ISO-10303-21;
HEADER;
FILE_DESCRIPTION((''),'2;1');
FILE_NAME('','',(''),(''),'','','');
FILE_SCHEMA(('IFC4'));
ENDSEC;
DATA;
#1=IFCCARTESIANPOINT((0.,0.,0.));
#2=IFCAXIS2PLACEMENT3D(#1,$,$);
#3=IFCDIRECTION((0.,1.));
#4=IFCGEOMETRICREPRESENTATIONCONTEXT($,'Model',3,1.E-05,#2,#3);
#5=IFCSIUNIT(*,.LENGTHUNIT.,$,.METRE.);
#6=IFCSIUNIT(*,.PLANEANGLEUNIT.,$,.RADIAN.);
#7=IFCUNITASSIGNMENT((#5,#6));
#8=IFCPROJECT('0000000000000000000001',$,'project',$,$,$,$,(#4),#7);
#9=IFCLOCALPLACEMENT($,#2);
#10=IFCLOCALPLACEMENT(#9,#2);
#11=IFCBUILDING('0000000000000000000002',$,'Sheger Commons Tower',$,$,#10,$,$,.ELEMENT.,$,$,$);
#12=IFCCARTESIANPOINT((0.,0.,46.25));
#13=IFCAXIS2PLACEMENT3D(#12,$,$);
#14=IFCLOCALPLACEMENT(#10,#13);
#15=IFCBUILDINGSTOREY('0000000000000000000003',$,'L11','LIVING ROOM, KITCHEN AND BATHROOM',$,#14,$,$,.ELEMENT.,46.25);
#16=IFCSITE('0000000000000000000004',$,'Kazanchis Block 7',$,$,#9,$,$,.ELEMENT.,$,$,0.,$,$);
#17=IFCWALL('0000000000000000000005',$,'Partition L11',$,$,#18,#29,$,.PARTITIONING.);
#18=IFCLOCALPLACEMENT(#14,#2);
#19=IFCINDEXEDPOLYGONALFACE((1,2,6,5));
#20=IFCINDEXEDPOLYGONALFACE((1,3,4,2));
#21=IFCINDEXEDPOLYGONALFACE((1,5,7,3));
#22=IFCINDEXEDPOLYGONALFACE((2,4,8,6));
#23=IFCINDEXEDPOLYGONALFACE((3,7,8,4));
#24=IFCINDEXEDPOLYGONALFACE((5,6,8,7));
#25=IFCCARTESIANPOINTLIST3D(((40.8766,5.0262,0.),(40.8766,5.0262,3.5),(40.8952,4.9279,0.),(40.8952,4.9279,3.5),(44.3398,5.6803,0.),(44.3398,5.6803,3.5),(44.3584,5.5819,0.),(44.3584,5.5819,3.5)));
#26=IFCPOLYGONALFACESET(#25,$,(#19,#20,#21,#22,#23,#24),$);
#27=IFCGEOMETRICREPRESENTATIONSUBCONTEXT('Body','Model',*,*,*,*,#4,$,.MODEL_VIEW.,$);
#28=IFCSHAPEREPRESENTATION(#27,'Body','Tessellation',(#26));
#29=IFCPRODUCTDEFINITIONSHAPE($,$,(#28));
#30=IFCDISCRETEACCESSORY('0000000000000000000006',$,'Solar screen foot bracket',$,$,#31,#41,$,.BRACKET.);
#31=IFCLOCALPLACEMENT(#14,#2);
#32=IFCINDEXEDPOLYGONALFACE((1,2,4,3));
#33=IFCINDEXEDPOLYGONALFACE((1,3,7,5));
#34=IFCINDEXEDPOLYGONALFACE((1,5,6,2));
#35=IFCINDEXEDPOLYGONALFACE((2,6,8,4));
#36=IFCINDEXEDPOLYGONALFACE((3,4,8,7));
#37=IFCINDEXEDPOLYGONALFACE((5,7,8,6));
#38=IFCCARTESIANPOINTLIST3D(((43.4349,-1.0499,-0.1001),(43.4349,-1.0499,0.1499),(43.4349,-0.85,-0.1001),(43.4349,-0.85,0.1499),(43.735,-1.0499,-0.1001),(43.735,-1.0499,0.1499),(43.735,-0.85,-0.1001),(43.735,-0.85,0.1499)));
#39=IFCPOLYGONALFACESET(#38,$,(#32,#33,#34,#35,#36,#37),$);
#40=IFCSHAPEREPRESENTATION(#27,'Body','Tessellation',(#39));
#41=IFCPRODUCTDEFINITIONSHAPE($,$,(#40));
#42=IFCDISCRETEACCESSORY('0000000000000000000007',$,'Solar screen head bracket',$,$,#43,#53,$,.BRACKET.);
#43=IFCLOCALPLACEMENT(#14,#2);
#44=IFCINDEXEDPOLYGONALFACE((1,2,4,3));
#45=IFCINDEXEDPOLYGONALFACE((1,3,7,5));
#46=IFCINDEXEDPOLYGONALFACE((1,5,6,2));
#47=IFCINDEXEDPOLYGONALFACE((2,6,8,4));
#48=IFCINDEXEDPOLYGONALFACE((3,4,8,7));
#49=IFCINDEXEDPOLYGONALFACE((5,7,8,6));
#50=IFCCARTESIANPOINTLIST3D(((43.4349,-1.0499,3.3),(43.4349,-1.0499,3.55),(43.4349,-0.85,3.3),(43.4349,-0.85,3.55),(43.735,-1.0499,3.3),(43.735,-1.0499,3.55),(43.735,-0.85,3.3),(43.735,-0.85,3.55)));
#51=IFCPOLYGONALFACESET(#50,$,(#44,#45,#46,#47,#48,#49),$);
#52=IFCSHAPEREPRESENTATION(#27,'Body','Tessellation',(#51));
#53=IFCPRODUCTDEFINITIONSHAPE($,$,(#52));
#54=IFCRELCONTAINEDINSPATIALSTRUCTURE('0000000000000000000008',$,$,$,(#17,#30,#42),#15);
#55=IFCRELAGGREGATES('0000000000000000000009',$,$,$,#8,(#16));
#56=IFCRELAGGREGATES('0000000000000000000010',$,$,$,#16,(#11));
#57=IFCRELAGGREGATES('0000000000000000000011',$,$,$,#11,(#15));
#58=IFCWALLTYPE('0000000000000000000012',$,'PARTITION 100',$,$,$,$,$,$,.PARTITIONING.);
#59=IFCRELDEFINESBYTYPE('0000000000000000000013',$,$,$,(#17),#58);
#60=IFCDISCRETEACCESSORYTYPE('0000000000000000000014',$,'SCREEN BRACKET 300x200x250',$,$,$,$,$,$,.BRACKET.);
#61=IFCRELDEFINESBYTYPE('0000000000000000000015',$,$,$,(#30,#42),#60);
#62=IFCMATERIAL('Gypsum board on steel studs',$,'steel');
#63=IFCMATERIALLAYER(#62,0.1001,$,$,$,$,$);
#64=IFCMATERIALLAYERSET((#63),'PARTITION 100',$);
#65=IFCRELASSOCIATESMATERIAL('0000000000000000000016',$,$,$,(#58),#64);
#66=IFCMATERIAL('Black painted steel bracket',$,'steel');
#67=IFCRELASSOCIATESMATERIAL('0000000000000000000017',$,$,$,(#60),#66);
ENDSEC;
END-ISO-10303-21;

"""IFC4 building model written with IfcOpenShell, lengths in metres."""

from ifc_helpers import new_model, si_unit, direction, frame, frame_2d, origin, origin_2d, place, context, subcontext, project, spatial, rectangle, extrude, material, layer, layer_set, type_object, element, save


model = new_model("IFC4")

# Units and contexts
model_context = context("Model", 3, precision=1e-05, world=origin(), true_north=direction((0.0, 1.0)))
body_context = subcontext(model_context, "Body", "Model", "MODEL_VIEW")
ifc_project = project(units=[si_unit("LENGTHUNIT", "METRE"), si_unit("PLANEANGLEUNIT", "RADIAN")], contexts=[model_context])

# Site, building, storey
site_placement = place(None, origin())
site = spatial("IfcSite", under=ifc_project, at=site_placement, Name="Kazanchis Block 7", CompositionType="ELEMENT", RefElevation=0.0)
building_placement = place(site_placement, origin())
building = spatial("IfcBuilding", under=site, at=building_placement, Name="Sheger Commons Tower", CompositionType="ELEMENT")
storey_placement = place(building_placement, frame((0.0, 0.0, 46.25)))
storey = spatial("IfcBuildingStorey", under=building, at=storey_placement, Name="L11", Description="LIVING ROOM, KITCHEN AND BATHROOM", CompositionType="ELEMENT", Elevation=46.25)

# Shared definitions
ifc_material_1 = material(Name="Gypsum board on steel studs", Category="steel")
ifc_layer_1 = layer(ifc_material_1, 0.1001)
ifc_layer_set_1 = layer_set([ifc_layer_1], Name="PARTITION 100")
wall_type_1 = type_object("IfcWallType", Name="PARTITION 100", PredefinedType="PARTITIONING", material=ifc_layer_set_1)

# Wall
wall_1_placement = place(storey_placement, frame((44.3491, 5.6311, 0.0), z_axis=(0.0, 0.0, 1.0), x_axis=(-0.982629, -0.185581, 0.0)))
element("IfcWall", 1, at=wall_1_placement, inside=storey, type_object=wall_type_1, Name="Partition L11", PredefinedType="PARTITIONING", context=body_context, shape_type="SweptSolid", body=[
    extrude(rectangle(XDim=3.5244, YDim=0.1001, at=frame_2d((1.7622, 0.0))), origin(), (0.0, 0.0, 1.0), 3.5),
])

# Discrete accessories
ifc_material_2 = material(Name="Black painted steel bracket", Category="steel")
discrete_accessory_type = type_object("IfcDiscreteAccessoryType", Name="SCREEN BRACKET 300x200x250", PredefinedType="BRACKET", material=ifc_material_2)
for number, where, z_axis, x_axis, name in (
    (2, (43.585, -0.95, -0.1001), (0.0, 0.0, 1.0), (1.0, 0.0, 0.0), "Solar screen foot bracket"),
    (3, (43.585, -0.95, 3.3), (0.0, 0.0, 1.0), (1.0, 0.0, 0.0), "Solar screen head bracket"),
):
    element("IfcDiscreteAccessory", number, at=place(storey_placement, frame(where, z_axis=z_axis, x_axis=x_axis)), inside=storey, type_object=discrete_accessory_type, Name=name, PredefinedType="BRACKET", context=body_context, shape_type="SweptSolid", body=[
        extrude(rectangle(XDim=0.3, YDim=0.2, at=origin_2d()), origin(), (0.0, 0.0, 1.0), 0.25),
    ])

save(model, "model.ifc")
